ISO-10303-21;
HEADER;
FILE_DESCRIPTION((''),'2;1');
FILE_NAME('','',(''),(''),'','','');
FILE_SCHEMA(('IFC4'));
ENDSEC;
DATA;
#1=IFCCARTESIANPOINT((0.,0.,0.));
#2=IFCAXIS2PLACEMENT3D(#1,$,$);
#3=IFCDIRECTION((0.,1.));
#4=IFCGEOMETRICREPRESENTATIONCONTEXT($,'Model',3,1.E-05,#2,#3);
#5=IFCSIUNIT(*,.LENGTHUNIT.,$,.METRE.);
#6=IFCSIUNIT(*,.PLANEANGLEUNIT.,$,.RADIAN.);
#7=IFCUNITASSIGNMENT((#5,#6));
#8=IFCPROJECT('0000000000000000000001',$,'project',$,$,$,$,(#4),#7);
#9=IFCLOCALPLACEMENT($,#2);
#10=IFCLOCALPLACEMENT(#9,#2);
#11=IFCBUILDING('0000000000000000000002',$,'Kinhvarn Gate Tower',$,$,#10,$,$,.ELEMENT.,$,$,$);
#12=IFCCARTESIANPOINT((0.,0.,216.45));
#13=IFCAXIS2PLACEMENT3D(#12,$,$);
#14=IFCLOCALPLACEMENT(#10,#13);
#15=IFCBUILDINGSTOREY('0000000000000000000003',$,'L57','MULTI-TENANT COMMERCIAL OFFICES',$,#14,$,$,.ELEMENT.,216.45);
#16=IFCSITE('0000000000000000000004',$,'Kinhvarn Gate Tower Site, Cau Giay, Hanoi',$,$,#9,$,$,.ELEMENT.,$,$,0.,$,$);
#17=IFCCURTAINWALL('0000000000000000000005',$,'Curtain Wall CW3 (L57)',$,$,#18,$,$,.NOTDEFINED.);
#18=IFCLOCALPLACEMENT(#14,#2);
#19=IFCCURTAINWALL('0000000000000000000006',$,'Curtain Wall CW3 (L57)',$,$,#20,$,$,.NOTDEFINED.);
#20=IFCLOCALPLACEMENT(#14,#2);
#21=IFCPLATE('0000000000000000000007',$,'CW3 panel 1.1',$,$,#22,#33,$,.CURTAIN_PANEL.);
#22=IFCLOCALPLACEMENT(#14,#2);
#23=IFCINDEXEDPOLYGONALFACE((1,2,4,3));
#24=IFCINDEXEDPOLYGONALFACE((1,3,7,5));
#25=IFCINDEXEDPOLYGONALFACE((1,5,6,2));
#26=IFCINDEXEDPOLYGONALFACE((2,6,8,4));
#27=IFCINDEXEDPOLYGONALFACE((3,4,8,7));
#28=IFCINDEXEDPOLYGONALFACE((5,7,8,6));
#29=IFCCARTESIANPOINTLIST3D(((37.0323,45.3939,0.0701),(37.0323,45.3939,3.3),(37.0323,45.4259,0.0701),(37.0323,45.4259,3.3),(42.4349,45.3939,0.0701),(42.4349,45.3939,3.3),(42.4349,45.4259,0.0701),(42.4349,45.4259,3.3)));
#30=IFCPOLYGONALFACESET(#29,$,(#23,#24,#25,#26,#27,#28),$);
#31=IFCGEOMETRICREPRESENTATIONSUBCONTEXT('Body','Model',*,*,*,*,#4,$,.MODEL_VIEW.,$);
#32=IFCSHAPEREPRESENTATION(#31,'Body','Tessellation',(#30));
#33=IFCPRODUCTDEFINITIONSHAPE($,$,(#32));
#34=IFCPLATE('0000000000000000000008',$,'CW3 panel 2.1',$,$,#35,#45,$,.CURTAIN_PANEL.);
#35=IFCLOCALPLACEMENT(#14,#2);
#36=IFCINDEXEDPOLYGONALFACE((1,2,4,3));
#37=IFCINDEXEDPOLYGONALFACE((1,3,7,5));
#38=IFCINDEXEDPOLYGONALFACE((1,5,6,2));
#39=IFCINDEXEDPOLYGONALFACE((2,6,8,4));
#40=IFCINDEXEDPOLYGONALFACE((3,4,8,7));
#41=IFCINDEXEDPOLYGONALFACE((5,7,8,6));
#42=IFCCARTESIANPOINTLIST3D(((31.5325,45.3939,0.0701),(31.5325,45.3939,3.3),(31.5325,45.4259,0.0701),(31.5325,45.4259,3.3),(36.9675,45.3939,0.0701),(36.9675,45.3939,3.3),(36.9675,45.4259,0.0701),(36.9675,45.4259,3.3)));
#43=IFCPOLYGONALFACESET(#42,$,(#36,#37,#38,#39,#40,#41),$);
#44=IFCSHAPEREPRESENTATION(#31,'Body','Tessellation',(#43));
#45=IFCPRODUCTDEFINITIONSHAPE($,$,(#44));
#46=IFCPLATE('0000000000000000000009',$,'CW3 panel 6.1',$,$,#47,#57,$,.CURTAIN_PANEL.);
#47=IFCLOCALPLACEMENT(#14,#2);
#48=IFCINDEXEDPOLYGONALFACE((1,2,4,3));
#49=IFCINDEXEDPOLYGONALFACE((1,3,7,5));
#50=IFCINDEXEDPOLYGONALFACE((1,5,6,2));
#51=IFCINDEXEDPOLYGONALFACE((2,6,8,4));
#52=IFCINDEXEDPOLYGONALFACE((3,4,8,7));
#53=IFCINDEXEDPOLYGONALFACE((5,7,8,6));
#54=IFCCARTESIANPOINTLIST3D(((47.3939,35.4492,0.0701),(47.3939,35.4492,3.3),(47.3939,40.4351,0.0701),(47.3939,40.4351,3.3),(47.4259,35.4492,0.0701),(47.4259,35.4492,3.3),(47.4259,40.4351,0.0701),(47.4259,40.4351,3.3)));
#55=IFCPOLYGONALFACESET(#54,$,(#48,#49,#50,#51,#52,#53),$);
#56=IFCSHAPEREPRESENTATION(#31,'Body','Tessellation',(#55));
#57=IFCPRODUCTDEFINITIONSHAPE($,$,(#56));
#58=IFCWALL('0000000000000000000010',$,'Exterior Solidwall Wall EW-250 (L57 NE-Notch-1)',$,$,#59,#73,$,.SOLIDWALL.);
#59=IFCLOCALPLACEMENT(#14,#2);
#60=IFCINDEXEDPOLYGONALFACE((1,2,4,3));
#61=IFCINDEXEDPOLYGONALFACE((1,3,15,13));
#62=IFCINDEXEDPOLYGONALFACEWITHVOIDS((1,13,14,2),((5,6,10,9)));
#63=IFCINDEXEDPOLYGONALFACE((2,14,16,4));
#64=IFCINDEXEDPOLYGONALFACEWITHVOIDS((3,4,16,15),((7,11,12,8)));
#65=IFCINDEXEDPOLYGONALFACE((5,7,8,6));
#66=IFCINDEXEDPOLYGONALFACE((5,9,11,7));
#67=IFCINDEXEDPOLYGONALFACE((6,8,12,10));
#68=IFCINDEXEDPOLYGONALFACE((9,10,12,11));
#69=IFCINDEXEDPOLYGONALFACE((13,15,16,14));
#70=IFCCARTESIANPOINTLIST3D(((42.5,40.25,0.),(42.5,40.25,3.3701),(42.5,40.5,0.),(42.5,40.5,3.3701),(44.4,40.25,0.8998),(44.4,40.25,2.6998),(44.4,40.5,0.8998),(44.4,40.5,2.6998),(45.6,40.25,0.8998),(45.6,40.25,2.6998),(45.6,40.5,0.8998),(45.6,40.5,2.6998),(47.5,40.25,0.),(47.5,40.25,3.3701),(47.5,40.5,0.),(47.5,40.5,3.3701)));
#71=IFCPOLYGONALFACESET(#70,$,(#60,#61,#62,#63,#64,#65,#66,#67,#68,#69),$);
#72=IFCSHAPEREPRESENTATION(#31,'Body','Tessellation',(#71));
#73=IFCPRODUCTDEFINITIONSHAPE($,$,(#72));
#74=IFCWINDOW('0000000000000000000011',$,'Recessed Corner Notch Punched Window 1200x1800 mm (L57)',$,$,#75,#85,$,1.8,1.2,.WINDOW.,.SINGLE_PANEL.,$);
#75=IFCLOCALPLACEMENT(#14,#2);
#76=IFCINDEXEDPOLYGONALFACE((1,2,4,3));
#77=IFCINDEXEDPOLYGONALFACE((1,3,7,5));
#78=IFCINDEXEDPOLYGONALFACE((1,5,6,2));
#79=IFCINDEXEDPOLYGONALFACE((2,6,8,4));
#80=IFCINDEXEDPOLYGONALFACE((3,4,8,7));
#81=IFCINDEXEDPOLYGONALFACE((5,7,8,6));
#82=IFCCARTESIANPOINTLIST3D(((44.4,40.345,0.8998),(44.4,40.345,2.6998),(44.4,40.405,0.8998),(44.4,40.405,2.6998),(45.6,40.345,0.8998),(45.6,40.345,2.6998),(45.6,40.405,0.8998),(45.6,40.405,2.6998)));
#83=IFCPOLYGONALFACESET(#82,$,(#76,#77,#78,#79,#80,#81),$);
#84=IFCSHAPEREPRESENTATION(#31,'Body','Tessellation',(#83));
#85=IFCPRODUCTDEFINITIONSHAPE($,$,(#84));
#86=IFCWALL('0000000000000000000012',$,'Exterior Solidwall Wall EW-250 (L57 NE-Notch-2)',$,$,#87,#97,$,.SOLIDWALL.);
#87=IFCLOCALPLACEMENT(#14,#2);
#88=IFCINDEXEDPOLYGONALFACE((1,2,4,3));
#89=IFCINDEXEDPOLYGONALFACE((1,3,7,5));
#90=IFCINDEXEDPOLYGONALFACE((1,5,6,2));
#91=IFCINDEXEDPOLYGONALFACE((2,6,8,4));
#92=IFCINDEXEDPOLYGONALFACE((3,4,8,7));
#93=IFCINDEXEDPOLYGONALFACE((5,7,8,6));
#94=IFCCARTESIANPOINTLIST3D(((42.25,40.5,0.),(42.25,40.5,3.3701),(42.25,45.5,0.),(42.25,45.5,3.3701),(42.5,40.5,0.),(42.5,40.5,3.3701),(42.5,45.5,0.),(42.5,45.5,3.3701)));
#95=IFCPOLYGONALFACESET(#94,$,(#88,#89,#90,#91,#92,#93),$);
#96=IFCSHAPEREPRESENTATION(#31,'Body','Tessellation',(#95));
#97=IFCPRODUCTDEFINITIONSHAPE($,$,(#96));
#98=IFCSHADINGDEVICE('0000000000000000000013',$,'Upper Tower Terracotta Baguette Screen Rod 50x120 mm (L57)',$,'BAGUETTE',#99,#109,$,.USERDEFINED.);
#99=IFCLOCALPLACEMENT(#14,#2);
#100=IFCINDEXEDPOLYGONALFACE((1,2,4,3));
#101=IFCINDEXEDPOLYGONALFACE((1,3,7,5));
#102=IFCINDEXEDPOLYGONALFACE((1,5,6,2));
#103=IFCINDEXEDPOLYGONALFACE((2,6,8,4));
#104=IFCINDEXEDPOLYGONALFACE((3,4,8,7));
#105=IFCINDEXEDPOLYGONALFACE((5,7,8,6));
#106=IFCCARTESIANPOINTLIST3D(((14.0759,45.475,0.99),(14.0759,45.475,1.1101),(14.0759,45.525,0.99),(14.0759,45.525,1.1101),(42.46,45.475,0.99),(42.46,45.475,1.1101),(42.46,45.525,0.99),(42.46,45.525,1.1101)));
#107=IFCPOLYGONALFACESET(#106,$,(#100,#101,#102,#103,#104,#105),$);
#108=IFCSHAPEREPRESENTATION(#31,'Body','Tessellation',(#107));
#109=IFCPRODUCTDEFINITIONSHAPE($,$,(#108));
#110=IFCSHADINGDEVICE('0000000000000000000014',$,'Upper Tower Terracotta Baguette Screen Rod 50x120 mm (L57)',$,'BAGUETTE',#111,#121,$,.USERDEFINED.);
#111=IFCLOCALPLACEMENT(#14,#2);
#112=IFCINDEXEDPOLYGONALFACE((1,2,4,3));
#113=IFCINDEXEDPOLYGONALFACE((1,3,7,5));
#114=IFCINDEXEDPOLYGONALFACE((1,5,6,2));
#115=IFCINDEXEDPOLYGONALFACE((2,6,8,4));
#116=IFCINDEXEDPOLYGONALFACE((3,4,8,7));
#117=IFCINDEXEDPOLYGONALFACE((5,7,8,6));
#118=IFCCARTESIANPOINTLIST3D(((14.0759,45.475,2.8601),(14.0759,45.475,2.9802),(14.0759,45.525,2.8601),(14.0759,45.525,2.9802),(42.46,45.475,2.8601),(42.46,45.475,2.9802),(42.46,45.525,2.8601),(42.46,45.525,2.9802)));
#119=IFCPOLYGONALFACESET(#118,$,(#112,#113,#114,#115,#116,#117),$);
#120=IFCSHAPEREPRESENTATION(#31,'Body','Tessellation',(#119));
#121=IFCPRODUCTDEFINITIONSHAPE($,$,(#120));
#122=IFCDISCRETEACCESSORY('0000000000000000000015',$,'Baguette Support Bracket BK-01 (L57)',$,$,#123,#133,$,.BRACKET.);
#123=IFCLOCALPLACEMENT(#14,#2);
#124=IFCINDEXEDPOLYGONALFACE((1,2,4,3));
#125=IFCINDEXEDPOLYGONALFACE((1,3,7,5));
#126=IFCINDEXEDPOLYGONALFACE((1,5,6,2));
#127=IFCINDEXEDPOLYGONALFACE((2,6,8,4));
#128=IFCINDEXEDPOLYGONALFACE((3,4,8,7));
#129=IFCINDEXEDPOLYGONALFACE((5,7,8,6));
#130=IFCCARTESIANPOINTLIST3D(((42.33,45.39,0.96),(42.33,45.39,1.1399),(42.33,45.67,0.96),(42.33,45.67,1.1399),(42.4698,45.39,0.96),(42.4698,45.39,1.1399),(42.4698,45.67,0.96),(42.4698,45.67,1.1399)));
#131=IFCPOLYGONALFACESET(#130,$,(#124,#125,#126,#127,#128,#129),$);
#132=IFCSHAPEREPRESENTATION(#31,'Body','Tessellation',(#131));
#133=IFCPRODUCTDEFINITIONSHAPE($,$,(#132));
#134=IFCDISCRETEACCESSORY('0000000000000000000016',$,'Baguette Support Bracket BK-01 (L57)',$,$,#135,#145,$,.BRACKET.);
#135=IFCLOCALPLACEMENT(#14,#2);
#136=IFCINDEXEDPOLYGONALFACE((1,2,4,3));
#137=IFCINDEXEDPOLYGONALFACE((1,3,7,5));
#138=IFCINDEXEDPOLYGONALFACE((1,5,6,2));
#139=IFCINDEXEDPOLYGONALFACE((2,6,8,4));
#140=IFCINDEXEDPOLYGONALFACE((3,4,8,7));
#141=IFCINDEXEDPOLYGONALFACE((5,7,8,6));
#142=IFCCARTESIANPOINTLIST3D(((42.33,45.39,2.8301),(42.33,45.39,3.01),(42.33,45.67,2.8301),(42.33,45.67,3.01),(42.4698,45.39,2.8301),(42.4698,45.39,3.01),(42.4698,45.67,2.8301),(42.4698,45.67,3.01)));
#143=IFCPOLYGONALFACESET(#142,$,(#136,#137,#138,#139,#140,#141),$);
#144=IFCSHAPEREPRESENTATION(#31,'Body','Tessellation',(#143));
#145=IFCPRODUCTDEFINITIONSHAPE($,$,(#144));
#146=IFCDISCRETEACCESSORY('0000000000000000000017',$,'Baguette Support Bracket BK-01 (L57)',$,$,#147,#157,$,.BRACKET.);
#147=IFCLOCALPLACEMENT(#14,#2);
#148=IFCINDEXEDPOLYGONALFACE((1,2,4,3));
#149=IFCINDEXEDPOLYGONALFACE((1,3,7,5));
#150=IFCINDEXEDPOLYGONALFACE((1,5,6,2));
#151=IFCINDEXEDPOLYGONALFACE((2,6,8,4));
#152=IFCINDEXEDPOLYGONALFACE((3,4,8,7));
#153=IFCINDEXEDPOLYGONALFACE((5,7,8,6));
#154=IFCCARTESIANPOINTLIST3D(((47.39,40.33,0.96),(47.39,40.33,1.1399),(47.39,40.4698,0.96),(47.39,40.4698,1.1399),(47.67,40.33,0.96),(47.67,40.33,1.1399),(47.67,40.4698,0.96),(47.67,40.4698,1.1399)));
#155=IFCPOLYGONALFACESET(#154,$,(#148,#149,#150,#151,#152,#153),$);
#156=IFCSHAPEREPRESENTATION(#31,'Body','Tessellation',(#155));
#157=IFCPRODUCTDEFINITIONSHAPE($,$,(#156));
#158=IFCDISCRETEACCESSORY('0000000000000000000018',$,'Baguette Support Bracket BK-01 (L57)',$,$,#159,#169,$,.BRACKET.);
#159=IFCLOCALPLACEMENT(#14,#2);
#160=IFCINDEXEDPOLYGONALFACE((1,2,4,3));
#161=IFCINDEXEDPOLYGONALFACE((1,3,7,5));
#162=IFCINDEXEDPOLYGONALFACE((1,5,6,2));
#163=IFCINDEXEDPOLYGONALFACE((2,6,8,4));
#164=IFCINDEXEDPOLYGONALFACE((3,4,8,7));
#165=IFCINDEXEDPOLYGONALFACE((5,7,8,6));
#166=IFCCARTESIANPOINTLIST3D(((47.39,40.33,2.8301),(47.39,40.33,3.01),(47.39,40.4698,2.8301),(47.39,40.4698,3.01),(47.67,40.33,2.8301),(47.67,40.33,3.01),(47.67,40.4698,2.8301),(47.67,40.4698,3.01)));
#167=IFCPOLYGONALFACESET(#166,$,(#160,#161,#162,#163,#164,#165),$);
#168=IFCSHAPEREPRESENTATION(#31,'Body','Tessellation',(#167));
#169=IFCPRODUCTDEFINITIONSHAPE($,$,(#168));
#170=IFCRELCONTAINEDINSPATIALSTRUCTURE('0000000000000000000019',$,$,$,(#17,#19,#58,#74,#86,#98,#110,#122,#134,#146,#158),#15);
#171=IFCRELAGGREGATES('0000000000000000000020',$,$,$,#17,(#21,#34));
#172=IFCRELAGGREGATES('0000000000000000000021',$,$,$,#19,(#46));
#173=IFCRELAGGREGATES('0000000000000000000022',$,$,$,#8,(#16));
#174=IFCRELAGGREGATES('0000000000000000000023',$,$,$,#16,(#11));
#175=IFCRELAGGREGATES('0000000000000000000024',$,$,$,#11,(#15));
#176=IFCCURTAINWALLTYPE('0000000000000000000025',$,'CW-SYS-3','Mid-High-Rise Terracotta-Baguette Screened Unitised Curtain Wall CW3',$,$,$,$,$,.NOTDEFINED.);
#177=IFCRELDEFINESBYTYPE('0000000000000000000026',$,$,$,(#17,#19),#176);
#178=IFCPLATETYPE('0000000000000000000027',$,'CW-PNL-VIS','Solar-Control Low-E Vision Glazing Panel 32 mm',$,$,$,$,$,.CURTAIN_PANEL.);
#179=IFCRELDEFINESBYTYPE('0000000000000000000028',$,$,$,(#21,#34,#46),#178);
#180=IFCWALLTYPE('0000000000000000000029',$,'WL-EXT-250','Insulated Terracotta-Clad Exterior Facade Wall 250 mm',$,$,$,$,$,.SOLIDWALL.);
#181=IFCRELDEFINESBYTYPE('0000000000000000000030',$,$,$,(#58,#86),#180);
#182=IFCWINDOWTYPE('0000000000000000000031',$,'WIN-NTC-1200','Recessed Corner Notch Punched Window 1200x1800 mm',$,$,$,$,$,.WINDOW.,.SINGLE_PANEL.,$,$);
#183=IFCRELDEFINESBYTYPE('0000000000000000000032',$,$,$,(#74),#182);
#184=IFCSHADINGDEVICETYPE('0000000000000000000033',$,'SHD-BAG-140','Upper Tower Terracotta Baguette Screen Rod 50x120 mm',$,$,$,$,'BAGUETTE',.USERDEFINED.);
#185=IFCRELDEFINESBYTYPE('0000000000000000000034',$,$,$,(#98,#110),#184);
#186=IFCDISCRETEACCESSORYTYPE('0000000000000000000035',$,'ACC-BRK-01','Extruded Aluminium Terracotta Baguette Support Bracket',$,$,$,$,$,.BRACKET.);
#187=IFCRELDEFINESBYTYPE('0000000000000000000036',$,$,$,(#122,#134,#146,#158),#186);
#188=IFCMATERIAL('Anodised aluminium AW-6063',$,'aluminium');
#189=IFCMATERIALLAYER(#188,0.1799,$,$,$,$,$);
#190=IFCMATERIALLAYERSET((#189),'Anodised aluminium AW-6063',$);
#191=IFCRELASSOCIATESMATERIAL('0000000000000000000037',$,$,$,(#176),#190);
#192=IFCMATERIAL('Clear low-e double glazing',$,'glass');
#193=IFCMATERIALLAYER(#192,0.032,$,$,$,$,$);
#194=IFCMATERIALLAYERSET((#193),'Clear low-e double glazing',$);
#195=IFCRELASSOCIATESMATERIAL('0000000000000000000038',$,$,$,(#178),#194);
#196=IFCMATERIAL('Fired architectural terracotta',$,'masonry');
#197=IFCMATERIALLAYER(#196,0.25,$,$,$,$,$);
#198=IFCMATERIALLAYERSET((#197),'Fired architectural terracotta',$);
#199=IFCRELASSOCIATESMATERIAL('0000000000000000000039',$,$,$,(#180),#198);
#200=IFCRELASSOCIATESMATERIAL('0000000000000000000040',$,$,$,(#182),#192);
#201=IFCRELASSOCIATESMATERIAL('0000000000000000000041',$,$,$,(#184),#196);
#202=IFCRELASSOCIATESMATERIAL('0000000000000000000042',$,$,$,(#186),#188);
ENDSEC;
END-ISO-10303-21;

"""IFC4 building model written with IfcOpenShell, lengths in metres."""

from ifc_helpers import new_model, si_unit, direction, frame, frame_2d, origin, origin_2d, place, context, subcontext, project, spatial, rectangle, extrude, material, layer, layer_set, material_profile, profile_set, type_object, element, fill, aggregate, save


model = new_model("IFC4")

# Units and contexts
model_context = context("Model", 3, precision=1e-05, world=origin(), true_north=direction((0.0, 1.0)))
body_context = subcontext(model_context, "Body", "Model", "MODEL_VIEW")
ifc_project = project(units=[si_unit("LENGTHUNIT", "METRE"), si_unit("PLANEANGLEUNIT", "RADIAN")], contexts=[model_context])

# Site, building, storey
site_placement = place(None, origin())
site = spatial("IfcSite", under=ifc_project, at=site_placement, Name="Kinhvarn Gate Tower Site, Cau Giay, Hanoi", CompositionType="ELEMENT", RefElevation=0.0)
building_placement = place(site_placement, origin())
building = spatial("IfcBuilding", under=site, at=building_placement, Name="Kinhvarn Gate Tower", CompositionType="ELEMENT")
storey_placement = place(building_placement, frame((0.0, 0.0, 216.45)))
storey = spatial("IfcBuildingStorey", under=building, at=storey_placement, Name="L57", Description="MULTI-TENANT COMMERCIAL OFFICES", CompositionType="ELEMENT", Elevation=216.45)

# Curtain wall
ifc_material_1 = material(Name="Anodised aluminium AW-6063", Category="aluminium")
ifc_layer_1 = layer(ifc_material_1, 0.1799)
ifc_layer_set_1 = layer_set([ifc_layer_1], Name="Anodised aluminium AW-6063")
curtain_wall_type = type_object("IfcCurtainWallType", Name="CW-SYS-3", Description="Mid-High-Rise Terracotta-Baguette Screened Unitised Curtain Wall CW3", PredefinedType="NOTDEFINED", material=ifc_layer_set_1)
curtain_wall_1_placement = place(storey_placement, origin())
curtain_wall_1 = element("IfcCurtainWall", 1, at=curtain_wall_1_placement, inside=storey, type_object=curtain_wall_type, Name="Curtain Wall CW3 (L57)", PredefinedType="NOTDEFINED")

# Curtain wall
curtain_wall_2_placement = place(storey_placement, origin())
curtain_wall_2 = element("IfcCurtainWall", 2, at=curtain_wall_2_placement, inside=storey, type_object=curtain_wall_type, Name="Curtain Wall CW3 (L57)", PredefinedType="NOTDEFINED")

# Plates
ifc_material_2 = material(Name="Clear low-e double glazing", Category="glass")
ifc_layer_2 = layer(ifc_material_2, 0.032)
ifc_layer_set_2 = layer_set([ifc_layer_2], Name="Clear low-e double glazing")
plate_type = type_object("IfcPlateType", Name="CW-PNL-VIS", Description="Solar-Control Low-E Vision Glazing Panel 32 mm", PredefinedType="CURTAIN_PANEL", material=ifc_layer_set_2)
plate_1_placement = place(storey_placement, frame((39.7336, 45.4099, 0.0701), z_axis=(0.0, 0.0, 1.0), x_axis=(-1.0, 0.0, 0.0)))
plate_1 = element("IfcPlate", 3, at=plate_1_placement, type_object=plate_type, Name="CW3 panel 1.1", PredefinedType="CURTAIN_PANEL", context=body_context, shape_type="SweptSolid", body=[
    extrude(rectangle(XDim=5.4026, YDim=0.032, at=origin_2d()), origin(), (0.0, 0.0, 1.0), 3.23),
])
plate_2_placement = place(storey_placement, frame((34.25, 45.4099, 0.0701), z_axis=(0.0, 0.0, 1.0), x_axis=(-1.0, 0.0, 0.0)))
plate_2 = element("IfcPlate", 4, at=plate_2_placement, type_object=plate_type, Name="CW3 panel 2.1", PredefinedType="CURTAIN_PANEL", context=body_context, shape_type="SweptSolid", body=[
    extrude(rectangle(XDim=5.4351, YDim=0.032, at=origin_2d()), origin(), (0.0, 0.0, 1.0), 3.23),
])
aggregate(curtain_wall_1, [plate_1, plate_2])
plate_3_placement = place(storey_placement, frame((47.4099, 37.9421, 0.0701), z_axis=(0.0, 0.0, 1.0), x_axis=(0.0, 1.0, 0.0)))
plate_3 = element("IfcPlate", 5, at=plate_3_placement, type_object=plate_type, Name="CW3 panel 6.1", PredefinedType="CURTAIN_PANEL", context=body_context, shape_type="SweptSolid", body=[
    extrude(rectangle(XDim=4.9858, YDim=0.032, at=origin_2d()), origin(), (0.0, 0.0, 1.0), 3.23),
])
aggregate(curtain_wall_2, [plate_3])

# Wall, opening, window
ifc_material_3 = material(Name="Fired architectural terracotta", Category="masonry")
ifc_layer_3 = layer(ifc_material_3, 0.25)
ifc_layer_set_3 = layer_set([ifc_layer_3], Name="Fired architectural terracotta")
wall_type = type_object("IfcWallType", Name="WL-EXT-250", Description="Insulated Terracotta-Clad Exterior Facade Wall 250 mm", PredefinedType="SOLIDWALL", material=ifc_layer_set_3)
wall_1_placement = place(storey_placement, frame((47.5, 40.375, 0.0), z_axis=(0.0, 0.0, 1.0), x_axis=(-1.0, 0.0, 0.0)))
wall_1 = element("IfcWall", 6, at=wall_1_placement, inside=storey, type_object=wall_type, Name="Exterior Solidwall Wall EW-250 (L57 NE-Notch-1)", PredefinedType="SOLIDWALL", context=body_context, shape_type="SweptSolid", body=[
    extrude(rectangle(XDim=5.0, YDim=0.25, at=frame_2d((2.5, 0.0))), origin(), (0.0, 0.0, 1.0), 3.3701),
])
opening_placement = place(wall_1_placement, frame((1.8999, 0.0, 0.8999)))
opening = element("IfcOpeningElement", 7, at=opening_placement, cuts=wall_1, PredefinedType="OPENING", context=body_context, shape_type="SweptSolid", body=[
    extrude(rectangle(XDim=1.2, YDim=1.8, at=frame_2d((0.6001, 0.8999))), frame((0.0, 0.135, 0.0), z_axis=(0.0, -1.0, 0.0), x_axis=(1.0, 0.0, 0.0)), (0.0, 0.0, 1.0), 0.27),
])
window_type = type_object("IfcWindowType", Name="WIN-NTC-1200", Description="Recessed Corner Notch Punched Window 1200x1800 mm", PartitioningType="SINGLE_PANEL", PredefinedType="WINDOW", material=ifc_material_2)
window_placement = place(opening_placement, origin())
window = element("IfcWindow", 8, at=window_placement, inside=storey, type_object=window_type, Name="Recessed Corner Notch Punched Window 1200x1800 mm (L57)", OverallHeight=1.8, OverallWidth=1.2, PartitioningType="SINGLE_PANEL", PredefinedType="WINDOW", context=body_context, shape_type="SweptSolid", body=[
    extrude(rectangle(XDim=1.2, YDim=1.8, at=frame_2d((0.6001, 0.8999))), frame((0.0, 0.03, 0.0), z_axis=(0.0, -1.0, 0.0), x_axis=(1.0, 0.0, 0.0)), (0.0, 0.0, 1.0), 0.0601),
])
fill(opening, window)

# Wall
wall_2_placement = place(storey_placement, frame((42.375, 40.5, 0.0), z_axis=(0.0, 0.0, 1.0), x_axis=(0.0, 1.0, 0.0)))
element("IfcWall", 9, at=wall_2_placement, inside=storey, type_object=wall_type, Name="Exterior Solidwall Wall EW-250 (L57 NE-Notch-2)", PredefinedType="SOLIDWALL", context=body_context, shape_type="SweptSolid", body=[
    extrude(rectangle(XDim=5.0, YDim=0.25, at=frame_2d((2.5, 0.0))), origin(), (0.0, 0.0, 1.0), 3.3701),
])

# Shading devices
ifc_material_profile_1 = material_profile(ifc_material_3, rectangle(XDim=0.05, YDim=0.1201, at=origin_2d()), Name="TC 50x120")
ifc_profile_set_1 = profile_set([ifc_material_profile_1], Name="Fired architectural terracotta")
shading_device_type = type_object("IfcShadingDeviceType", Name="SHD-BAG-140", Description="Upper Tower Terracotta Baguette Screen Rod 50x120 mm", ElementType="BAGUETTE", PredefinedType="USERDEFINED", material=ifc_profile_set_1)
for number, where, z_axis, x_axis, name in (
    (10, (42.46, 45.5, 1.05), (-1.0, 0.0, 0.0), (0.0, -1.0, 0.0), "Upper Tower Terracotta Baguette Screen Rod 50x120 mm (L57)"),
    (11, (42.46, 45.5, 2.9202), (-1.0, 0.0, 0.0), (0.0, -1.0, 0.0), "Upper Tower Terracotta Baguette Screen Rod 50x120 mm (L57)"),
):
    element("IfcShadingDevice", number, at=place(storey_placement, frame(where, z_axis=z_axis, x_axis=x_axis)), inside=storey, type_object=shading_device_type, Name=name, ObjectType="BAGUETTE", PredefinedType="USERDEFINED", context=body_context, shape_type="SweptSolid", body=[
        extrude(rectangle(XDim=0.05, YDim=0.1201, at=origin_2d()), origin(), (0.0, 0.0, 1.0), 28.384),
    ])

# Discrete accessories
discrete_accessory_type = type_object("IfcDiscreteAccessoryType", Name="ACC-BRK-01", Description="Extruded Aluminium Terracotta Baguette Support Bracket", PredefinedType="BRACKET", material=ifc_material_1)
for number, where, z_axis, x_axis, name in (
    (12, (42.3999, 45.53, 0.96), (0.0, 0.0, 1.0), (-1.0, 0.0, 0.0), "Baguette Support Bracket BK-01 (L57)"),
    (13, (42.3999, 45.53, 2.8301), (0.0, 0.0, 1.0), (-1.0, 0.0, 0.0), "Baguette Support Bracket BK-01 (L57)"),
    (14, (47.53, 40.3999, 0.96), (0.0, 0.0, 1.0), (0.0, 1.0, 0.0), "Baguette Support Bracket BK-01 (L57)"),
    (15, (47.53, 40.3999, 2.8301), (0.0, 0.0, 1.0), (0.0, 1.0, 0.0), "Baguette Support Bracket BK-01 (L57)"),
):
    element("IfcDiscreteAccessory", number, at=place(storey_placement, frame(where, z_axis=z_axis, x_axis=x_axis)), inside=storey, type_object=discrete_accessory_type, Name=name, PredefinedType="BRACKET", context=body_context, shape_type="SweptSolid", body=[
        extrude(rectangle(XDim=0.1399, YDim=0.28, at=origin_2d()), origin(), (0.0, 0.0, 1.0), 0.1799),
    ])

save(model, "model.ifc")
